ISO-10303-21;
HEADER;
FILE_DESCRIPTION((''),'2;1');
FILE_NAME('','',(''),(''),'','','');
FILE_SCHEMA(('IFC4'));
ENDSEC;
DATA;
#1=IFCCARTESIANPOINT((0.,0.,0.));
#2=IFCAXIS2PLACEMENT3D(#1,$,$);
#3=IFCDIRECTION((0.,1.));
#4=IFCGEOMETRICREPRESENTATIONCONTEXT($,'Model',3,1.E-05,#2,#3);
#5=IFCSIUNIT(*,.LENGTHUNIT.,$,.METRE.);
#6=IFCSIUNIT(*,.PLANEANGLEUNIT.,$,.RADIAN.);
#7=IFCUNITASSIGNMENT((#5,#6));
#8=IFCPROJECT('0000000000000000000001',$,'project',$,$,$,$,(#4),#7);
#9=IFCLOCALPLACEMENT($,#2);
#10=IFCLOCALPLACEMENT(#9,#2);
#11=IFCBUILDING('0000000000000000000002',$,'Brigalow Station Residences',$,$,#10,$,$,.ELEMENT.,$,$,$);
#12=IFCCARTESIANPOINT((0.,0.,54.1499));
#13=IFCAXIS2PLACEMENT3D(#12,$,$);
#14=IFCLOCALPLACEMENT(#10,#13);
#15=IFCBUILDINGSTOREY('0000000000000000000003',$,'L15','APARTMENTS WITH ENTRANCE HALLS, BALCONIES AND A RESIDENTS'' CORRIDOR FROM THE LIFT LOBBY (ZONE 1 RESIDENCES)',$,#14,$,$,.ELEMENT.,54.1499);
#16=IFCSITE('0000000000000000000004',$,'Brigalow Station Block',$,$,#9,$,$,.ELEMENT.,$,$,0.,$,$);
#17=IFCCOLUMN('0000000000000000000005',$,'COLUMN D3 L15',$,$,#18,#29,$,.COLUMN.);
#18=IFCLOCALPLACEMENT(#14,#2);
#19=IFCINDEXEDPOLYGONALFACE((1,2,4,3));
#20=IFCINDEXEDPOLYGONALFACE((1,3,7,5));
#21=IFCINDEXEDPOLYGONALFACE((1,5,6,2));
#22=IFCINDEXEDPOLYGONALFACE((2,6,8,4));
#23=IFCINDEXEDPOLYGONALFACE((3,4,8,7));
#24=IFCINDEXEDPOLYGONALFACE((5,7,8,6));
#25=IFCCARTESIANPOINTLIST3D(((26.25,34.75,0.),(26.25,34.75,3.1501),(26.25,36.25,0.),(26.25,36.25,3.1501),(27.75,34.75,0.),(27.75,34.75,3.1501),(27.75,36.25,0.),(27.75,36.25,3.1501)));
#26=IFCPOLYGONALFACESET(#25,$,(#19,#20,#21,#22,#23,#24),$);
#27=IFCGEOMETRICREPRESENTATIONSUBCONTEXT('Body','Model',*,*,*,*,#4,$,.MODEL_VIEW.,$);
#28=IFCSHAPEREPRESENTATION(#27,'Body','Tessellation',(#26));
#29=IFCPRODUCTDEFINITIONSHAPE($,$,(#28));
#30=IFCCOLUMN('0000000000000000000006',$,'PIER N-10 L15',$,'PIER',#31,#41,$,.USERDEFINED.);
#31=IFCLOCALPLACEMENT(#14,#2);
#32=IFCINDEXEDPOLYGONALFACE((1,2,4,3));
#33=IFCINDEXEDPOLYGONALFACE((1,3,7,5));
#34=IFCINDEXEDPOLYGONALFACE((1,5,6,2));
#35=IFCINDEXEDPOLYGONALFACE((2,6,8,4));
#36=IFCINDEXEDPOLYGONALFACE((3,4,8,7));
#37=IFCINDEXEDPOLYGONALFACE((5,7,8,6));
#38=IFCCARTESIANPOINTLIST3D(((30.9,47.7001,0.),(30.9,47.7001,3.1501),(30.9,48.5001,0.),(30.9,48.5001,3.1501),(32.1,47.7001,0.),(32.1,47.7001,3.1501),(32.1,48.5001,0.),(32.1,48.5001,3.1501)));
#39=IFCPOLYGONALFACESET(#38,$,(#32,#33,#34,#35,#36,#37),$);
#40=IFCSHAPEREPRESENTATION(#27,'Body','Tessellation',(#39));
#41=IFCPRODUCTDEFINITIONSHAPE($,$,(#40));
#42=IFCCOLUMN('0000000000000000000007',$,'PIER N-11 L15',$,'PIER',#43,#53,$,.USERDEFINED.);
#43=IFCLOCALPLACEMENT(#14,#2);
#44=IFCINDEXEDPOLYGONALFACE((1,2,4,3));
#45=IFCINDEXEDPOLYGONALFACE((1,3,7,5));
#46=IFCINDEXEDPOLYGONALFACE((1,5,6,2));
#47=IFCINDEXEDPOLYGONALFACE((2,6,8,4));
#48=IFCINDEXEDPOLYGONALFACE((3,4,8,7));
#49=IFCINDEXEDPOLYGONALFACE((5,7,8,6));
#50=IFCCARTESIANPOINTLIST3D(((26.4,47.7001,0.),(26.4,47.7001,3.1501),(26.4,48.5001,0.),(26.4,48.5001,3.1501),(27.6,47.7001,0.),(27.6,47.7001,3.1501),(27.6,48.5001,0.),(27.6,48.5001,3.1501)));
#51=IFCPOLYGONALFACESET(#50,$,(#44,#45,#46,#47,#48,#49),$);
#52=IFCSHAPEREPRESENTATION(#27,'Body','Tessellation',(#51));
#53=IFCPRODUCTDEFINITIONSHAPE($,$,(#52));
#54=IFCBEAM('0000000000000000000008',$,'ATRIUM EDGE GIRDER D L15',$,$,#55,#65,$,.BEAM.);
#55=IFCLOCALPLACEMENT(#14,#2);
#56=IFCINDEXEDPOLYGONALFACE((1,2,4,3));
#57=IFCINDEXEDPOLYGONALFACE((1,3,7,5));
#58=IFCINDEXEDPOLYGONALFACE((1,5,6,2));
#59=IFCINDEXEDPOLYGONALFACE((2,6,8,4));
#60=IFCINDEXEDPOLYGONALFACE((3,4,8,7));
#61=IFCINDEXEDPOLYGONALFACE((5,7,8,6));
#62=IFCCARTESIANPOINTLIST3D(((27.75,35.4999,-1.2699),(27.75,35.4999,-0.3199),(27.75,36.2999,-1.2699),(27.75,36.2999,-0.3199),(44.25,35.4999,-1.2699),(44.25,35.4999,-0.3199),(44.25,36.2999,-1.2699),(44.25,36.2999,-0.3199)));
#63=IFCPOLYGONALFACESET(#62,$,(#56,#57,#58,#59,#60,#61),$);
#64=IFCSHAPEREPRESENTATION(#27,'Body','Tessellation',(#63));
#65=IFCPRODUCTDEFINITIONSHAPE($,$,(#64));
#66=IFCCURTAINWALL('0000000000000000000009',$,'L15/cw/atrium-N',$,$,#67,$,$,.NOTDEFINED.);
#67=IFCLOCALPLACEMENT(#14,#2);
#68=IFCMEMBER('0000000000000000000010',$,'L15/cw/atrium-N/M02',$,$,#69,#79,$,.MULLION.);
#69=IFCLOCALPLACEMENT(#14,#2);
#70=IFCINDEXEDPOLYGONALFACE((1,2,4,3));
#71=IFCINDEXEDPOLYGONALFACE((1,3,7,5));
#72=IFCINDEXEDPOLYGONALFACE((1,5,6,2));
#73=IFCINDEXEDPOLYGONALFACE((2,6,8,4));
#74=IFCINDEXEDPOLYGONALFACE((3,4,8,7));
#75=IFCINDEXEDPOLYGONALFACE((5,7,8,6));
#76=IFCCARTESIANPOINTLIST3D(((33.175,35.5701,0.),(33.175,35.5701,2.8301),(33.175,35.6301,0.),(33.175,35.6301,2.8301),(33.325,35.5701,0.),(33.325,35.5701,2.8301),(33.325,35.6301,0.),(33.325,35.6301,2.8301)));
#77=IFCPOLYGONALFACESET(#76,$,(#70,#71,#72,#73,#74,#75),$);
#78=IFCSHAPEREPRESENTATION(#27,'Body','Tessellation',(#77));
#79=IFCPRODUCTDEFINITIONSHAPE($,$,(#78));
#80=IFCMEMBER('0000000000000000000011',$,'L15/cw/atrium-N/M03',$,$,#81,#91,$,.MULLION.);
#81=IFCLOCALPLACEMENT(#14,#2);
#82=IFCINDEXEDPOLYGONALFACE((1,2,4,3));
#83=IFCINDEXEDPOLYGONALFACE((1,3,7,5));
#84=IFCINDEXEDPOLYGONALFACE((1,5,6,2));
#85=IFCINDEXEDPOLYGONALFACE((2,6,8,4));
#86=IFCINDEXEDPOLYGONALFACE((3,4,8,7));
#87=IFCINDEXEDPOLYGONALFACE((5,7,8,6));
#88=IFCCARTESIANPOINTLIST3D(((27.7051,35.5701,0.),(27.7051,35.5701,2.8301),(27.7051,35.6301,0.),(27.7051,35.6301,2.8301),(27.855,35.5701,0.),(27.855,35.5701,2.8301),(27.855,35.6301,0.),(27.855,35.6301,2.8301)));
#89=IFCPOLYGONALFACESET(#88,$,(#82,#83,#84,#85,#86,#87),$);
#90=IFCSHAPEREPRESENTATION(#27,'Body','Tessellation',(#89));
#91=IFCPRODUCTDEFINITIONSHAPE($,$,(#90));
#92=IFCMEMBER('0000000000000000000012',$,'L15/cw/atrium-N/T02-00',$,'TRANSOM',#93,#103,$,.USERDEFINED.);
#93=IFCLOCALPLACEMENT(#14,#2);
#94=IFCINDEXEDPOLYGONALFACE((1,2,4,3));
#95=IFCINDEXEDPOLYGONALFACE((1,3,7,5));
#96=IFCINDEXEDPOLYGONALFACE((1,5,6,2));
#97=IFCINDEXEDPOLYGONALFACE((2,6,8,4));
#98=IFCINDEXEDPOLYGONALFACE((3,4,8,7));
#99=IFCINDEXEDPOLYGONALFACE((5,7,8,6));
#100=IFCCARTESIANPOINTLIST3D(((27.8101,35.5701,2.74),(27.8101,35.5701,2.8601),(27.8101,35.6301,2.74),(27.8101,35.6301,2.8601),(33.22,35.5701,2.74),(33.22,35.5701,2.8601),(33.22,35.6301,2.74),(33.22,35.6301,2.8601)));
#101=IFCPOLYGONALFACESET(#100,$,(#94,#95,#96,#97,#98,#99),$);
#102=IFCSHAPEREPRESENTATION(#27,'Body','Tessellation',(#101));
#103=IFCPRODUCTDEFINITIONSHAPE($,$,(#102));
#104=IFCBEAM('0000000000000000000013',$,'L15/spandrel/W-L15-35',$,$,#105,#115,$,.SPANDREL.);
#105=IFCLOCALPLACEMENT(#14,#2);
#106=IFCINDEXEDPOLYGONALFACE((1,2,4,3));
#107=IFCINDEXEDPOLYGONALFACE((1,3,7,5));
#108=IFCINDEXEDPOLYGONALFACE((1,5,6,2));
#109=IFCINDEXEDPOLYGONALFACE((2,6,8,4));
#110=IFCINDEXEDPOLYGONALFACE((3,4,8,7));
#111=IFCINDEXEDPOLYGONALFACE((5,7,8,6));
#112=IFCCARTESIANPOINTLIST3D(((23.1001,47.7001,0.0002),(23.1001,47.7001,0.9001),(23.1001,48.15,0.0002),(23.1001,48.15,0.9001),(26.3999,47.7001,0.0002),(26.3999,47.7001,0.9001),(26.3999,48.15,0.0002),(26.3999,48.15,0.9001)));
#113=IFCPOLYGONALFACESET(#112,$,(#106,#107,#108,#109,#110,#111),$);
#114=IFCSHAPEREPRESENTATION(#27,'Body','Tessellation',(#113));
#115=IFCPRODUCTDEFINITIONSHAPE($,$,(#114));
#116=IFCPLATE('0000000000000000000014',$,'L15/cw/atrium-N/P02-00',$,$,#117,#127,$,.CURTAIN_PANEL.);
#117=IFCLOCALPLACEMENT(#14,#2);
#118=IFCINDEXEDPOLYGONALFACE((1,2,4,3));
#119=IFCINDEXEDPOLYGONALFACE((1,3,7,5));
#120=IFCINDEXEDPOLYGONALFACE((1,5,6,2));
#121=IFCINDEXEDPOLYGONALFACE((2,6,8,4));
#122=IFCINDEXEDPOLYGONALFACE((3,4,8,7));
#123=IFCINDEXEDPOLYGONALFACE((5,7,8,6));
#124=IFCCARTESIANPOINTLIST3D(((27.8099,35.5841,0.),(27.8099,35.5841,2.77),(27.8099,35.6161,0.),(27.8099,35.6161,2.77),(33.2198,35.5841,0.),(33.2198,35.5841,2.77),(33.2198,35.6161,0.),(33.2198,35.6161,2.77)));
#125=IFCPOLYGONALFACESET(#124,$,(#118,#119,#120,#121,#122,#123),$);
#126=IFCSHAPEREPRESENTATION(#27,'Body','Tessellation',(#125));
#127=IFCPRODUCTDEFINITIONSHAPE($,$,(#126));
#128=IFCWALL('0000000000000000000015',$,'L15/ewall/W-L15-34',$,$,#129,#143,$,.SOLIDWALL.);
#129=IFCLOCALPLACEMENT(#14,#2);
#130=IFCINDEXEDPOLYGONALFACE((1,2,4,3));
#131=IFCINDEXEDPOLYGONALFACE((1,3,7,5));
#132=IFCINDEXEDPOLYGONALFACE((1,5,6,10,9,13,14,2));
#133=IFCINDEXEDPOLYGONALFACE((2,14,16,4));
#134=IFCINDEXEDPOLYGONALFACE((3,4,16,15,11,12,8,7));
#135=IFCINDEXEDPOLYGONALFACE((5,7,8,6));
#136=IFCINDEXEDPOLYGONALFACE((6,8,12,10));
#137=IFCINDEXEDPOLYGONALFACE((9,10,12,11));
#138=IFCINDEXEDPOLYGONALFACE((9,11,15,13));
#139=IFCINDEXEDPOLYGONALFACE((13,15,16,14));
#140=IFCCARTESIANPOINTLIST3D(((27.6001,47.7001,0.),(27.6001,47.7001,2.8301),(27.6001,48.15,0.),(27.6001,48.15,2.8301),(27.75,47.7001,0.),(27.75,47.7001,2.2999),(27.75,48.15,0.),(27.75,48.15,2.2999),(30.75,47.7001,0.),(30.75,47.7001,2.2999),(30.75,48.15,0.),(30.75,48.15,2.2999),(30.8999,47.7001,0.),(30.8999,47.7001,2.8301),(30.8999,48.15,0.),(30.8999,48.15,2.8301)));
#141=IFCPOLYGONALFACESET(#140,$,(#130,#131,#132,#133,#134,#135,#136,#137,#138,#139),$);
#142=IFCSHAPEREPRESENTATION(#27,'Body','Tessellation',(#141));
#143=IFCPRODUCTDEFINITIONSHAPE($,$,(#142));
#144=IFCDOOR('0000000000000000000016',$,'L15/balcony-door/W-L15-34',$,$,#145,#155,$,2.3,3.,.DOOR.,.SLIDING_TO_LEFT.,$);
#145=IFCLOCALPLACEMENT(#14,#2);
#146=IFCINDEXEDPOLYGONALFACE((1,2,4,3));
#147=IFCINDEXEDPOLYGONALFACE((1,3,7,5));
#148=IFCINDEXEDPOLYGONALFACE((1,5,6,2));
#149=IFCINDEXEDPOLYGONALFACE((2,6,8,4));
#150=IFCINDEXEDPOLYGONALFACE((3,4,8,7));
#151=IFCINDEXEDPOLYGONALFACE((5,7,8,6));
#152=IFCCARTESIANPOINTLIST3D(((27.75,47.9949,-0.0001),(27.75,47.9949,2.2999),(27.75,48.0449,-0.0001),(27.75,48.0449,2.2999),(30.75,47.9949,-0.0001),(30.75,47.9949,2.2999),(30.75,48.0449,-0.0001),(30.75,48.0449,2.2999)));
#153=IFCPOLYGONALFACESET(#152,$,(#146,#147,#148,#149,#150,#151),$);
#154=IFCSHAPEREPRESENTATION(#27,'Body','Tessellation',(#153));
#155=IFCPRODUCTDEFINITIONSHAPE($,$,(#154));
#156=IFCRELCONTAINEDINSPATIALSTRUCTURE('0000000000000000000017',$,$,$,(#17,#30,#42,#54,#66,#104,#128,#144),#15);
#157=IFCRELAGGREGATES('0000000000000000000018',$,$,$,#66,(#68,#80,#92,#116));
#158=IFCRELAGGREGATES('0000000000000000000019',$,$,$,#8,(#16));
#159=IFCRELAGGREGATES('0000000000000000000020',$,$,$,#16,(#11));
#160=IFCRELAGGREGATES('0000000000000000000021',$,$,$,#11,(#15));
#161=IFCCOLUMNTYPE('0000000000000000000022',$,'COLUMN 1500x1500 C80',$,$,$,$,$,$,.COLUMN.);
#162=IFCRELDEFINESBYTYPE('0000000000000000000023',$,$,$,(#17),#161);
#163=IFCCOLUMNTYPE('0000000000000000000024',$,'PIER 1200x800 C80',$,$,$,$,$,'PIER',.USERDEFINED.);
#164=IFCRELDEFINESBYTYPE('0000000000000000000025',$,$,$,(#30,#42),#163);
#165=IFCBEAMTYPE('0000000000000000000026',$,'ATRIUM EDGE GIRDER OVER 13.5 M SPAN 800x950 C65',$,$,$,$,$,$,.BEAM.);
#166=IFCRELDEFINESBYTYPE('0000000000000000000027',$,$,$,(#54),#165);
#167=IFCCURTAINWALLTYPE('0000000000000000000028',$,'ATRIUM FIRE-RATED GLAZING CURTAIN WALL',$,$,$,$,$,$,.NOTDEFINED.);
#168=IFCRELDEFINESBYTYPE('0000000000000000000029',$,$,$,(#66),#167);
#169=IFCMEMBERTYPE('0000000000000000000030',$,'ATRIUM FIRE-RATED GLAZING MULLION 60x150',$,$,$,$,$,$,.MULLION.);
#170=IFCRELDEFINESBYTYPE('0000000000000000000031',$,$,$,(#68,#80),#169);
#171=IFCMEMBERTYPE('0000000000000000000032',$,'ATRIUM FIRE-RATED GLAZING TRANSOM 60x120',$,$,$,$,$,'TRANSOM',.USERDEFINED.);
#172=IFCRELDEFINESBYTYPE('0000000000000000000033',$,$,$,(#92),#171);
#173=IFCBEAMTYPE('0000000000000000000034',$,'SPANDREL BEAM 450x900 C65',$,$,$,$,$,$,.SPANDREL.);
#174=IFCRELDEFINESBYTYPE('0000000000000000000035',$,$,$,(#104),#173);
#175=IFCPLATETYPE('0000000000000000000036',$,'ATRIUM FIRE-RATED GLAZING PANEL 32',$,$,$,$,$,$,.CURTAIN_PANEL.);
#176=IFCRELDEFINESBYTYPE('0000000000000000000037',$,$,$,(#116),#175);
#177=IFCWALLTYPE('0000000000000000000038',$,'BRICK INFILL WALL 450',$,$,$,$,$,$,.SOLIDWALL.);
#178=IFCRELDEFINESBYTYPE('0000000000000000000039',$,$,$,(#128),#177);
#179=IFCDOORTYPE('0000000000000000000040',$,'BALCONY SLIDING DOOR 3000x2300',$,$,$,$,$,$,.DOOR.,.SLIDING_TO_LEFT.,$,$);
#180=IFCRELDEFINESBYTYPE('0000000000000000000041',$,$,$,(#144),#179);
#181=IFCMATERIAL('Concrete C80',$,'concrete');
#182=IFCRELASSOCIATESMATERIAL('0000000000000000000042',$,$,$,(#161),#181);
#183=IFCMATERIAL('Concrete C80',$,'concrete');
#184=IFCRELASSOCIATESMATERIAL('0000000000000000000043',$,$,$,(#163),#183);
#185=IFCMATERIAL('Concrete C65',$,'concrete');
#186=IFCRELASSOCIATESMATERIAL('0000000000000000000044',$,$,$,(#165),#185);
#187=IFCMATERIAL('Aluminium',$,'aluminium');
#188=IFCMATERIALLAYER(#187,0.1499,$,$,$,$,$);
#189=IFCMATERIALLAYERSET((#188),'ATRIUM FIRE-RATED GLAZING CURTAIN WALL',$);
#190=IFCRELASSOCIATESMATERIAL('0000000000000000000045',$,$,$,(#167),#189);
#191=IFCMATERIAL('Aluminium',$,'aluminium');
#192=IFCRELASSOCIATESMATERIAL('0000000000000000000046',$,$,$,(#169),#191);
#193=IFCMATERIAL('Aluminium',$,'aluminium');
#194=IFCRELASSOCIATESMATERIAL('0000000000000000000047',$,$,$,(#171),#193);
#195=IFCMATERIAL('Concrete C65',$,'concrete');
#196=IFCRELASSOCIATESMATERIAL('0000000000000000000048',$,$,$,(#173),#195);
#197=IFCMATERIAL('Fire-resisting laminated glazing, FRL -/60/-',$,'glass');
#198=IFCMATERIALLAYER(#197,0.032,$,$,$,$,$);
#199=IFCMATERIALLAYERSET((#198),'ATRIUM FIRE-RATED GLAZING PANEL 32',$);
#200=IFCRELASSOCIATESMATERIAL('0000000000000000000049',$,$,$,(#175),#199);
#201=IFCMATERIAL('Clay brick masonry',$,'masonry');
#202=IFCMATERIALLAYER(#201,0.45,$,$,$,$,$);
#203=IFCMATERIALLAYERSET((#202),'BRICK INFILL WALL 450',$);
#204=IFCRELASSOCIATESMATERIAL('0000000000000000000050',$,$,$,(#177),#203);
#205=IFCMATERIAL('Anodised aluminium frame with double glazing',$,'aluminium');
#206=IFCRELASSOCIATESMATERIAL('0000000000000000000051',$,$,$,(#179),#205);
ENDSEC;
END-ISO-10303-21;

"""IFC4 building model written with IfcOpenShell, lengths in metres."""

from ifc_helpers import new_model, si_unit, direction, frame, frame_2d, origin, origin_2d, place, context, subcontext, project, spatial, rectangle, extrude, material, layer, layer_set, material_profile, profile_set, type_object, element, fill, aggregate, save


model = new_model("IFC4")

# Units and contexts
model_context = context("Model", 3, precision=1e-05, world=origin(), true_north=direction((0.0, 1.0)))
body_context = subcontext(model_context, "Body", "Model", "MODEL_VIEW")
ifc_project = project(units=[si_unit("LENGTHUNIT", "METRE"), si_unit("PLANEANGLEUNIT", "RADIAN")], contexts=[model_context])

# Site, building, storey
site_placement = place(None, origin())
site = spatial("IfcSite", under=ifc_project, at=site_placement, Name="Brigalow Station Block", CompositionType="ELEMENT", RefElevation=0.0)
building_placement = place(site_placement, origin())
building = spatial("IfcBuilding", under=site, at=building_placement, Name="Brigalow Station Residences", CompositionType="ELEMENT")
storey_placement = place(building_placement, frame((0.0, 0.0, 54.1499)))
storey = spatial("IfcBuildingStorey", under=building, at=storey_placement, Name="L15", Description="APARTMENTS WITH ENTRANCE HALLS, BALCONIES AND A RESIDENTS' CORRIDOR FROM THE LIFT LOBBY (ZONE 1 RESIDENCES)", CompositionType="ELEMENT", Elevation=54.1499)

# Columns
ifc_material_1 = material(Name="Concrete C80", Category="concrete")
ifc_material_profile_1 = material_profile(ifc_material_1, rectangle(XDim=1.5, YDim=1.5, at=origin_2d()), Name="RC1500x1500")
ifc_profile_set_1 = profile_set([ifc_material_profile_1], Name="Concrete C80")
column_type_1 = type_object("IfcColumnType", Name="COLUMN 1500x1500 C80", PredefinedType="COLUMN", material=ifc_profile_set_1)
column_placement = place(storey_placement, frame((27.0, 35.5, 0.0), z_axis=(0.0, 0.0, 1.0), x_axis=(1.0, 0.0, 0.0)))
element("IfcColumn", 1, at=column_placement, inside=storey, type_object=column_type_1, Name="COLUMN D3 L15", PredefinedType="COLUMN", context=body_context, shape_type="SweptSolid", body=[
    extrude(rectangle(XDim=1.5, YDim=1.5, at=origin_2d()), origin(), (0.0, 0.0, 1.0), 3.1501),
])
ifc_material_2 = material(Name="Concrete C80", Category="concrete")
ifc_material_profile_2 = material_profile(ifc_material_2, rectangle(XDim=1.2, YDim=0.8, at=origin_2d()), Name="RC1200x800")
ifc_profile_set_2 = profile_set([ifc_material_profile_2], Name="Concrete C80")
column_type_2 = type_object("IfcColumnType", Name="PIER 1200x800 C80", ElementType="PIER", PredefinedType="USERDEFINED", material=ifc_profile_set_2)
for number, where, z_axis, x_axis, name in (
    (2, (31.5, 48.1001, 0.0), (0.0, 0.0, 1.0), (-1.0, 0.0, 0.0), "PIER N-10 L15"),
    (3, (27.0, 48.1001, 0.0), (0.0, 0.0, 1.0), (-1.0, 0.0, 0.0), "PIER N-11 L15"),
):
    element("IfcColumn", number, at=place(storey_placement, frame(where, z_axis=z_axis, x_axis=x_axis)), inside=storey, type_object=column_type_2, Name=name, ObjectType="PIER", PredefinedType="USERDEFINED", context=body_context, shape_type="SweptSolid", body=[
        extrude(rectangle(XDim=1.2, YDim=0.8, at=origin_2d()), origin(), (0.0, 0.0, 1.0), 3.1501),
    ])

# Beam
ifc_material_3 = material(Name="Concrete C65", Category="concrete")
ifc_material_profile_3 = material_profile(ifc_material_3, rectangle(XDim=0.8, YDim=0.95, at=origin_2d()), Name="RC800x950")
ifc_profile_set_3 = profile_set([ifc_material_profile_3], Name="Concrete C65")
beam_type_1 = type_object("IfcBeamType", Name="ATRIUM EDGE GIRDER OVER 13.5 M SPAN 800x950 C65", PredefinedType="BEAM", material=ifc_profile_set_3)
beam_1_placement = place(storey_placement, frame((27.75, 35.8999, -0.7949), z_axis=(1.0, 0.0, 0.0), x_axis=(0.0, 1.0, 0.0)))
element("IfcBeam", 4, at=beam_1_placement, inside=storey, type_object=beam_type_1, Name="ATRIUM EDGE GIRDER D L15", PredefinedType="BEAM", context=body_context, shape_type="SweptSolid", body=[
    extrude(rectangle(XDim=0.8, YDim=0.95, at=origin_2d()), origin(), (0.0, 0.0, 1.0), 16.5),
])

# Curtain wall, members
ifc_material_4 = material(Name="Aluminium", Category="aluminium")
ifc_layer_1 = layer(ifc_material_4, 0.1499)
ifc_layer_set_1 = layer_set([ifc_layer_1], Name="ATRIUM FIRE-RATED GLAZING CURTAIN WALL")
curtain_wall_type = type_object("IfcCurtainWallType", Name="ATRIUM FIRE-RATED GLAZING CURTAIN WALL", PredefinedType="NOTDEFINED", material=ifc_layer_set_1)
curtain_wall_placement = place(storey_placement, origin())
curtain_wall = element("IfcCurtainWall", 5, at=curtain_wall_placement, inside=storey, type_object=curtain_wall_type, Name="L15/cw/atrium-N", PredefinedType="NOTDEFINED")
ifc_material_5 = material(Name="Aluminium", Category="aluminium")
ifc_material_profile_4 = material_profile(ifc_material_5, rectangle(XDim=0.0601, YDim=0.1499, at=origin_2d()), Name="ATRIUM FIRE-RATED GLAZING MULLION 60x150")
ifc_profile_set_4 = profile_set([ifc_material_profile_4], Name="Aluminium")
member_type_1 = type_object("IfcMemberType", Name="ATRIUM FIRE-RATED GLAZING MULLION 60x150", PredefinedType="MULLION", material=ifc_profile_set_4)
member_1_placement = place(storey_placement, frame((33.25, 35.6001, 0.0), z_axis=(0.0, 0.0, 1.0), x_axis=(0.0, -1.0, 0.0)))
member_1 = element("IfcMember", 6, at=member_1_placement, type_object=member_type_1, Name="L15/cw/atrium-N/M02", PredefinedType="MULLION", context=body_context, shape_type="SweptSolid", body=[
    extrude(rectangle(XDim=0.0601, YDim=0.1499, at=origin_2d()), origin(), (0.0, 0.0, 1.0), 2.8301),
])
member_2_placement = place(storey_placement, frame((27.78, 35.6001, 0.0), z_axis=(0.0, 0.0, 1.0), x_axis=(0.0, -1.0, 0.0)))
member_2 = element("IfcMember", 7, at=member_2_placement, type_object=member_type_1, Name="L15/cw/atrium-N/M03", PredefinedType="MULLION", context=body_context, shape_type="SweptSolid", body=[
    extrude(rectangle(XDim=0.0601, YDim=0.1499, at=origin_2d()), origin(), (0.0, 0.0, 1.0), 2.8301),
])
ifc_material_6 = material(Name="Aluminium", Category="aluminium")
ifc_material_profile_5 = material_profile(ifc_material_6, rectangle(XDim=0.0601, YDim=0.1201, at=origin_2d()), Name="ATRIUM FIRE-RATED GLAZING TRANSOM 60x120")
ifc_profile_set_5 = profile_set([ifc_material_profile_5], Name="Aluminium")
member_type_2 = type_object("IfcMemberType", Name="ATRIUM FIRE-RATED GLAZING TRANSOM 60x120", ElementType="TRANSOM", PredefinedType="USERDEFINED", material=ifc_profile_set_5)
member_3_placement = place(storey_placement, frame((33.22, 35.6001, 2.8), z_axis=(-1.0, 0.0, 0.0), x_axis=(0.0, -1.0, 0.0)))
member_3 = element("IfcMember", 8, at=member_3_placement, type_object=member_type_2, Name="L15/cw/atrium-N/T02-00", ObjectType="TRANSOM", PredefinedType="USERDEFINED", context=body_context, shape_type="SweptSolid", body=[
    extrude(rectangle(XDim=0.0601, YDim=0.1201, at=origin_2d()), origin(), (0.0, 0.0, 1.0), 5.4099),
])

# Beam
ifc_material_7 = material(Name="Concrete C65", Category="concrete")
ifc_material_profile_6 = material_profile(ifc_material_7, rectangle(XDim=0.45, YDim=0.8999, at=origin_2d()), Name="RC450x900")
ifc_profile_set_6 = profile_set([ifc_material_profile_6], Name="Concrete C65")
beam_type_2 = type_object("IfcBeamType", Name="SPANDREL BEAM 450x900 C65", PredefinedType="SPANDREL", material=ifc_profile_set_6)
beam_2_placement = place(storey_placement, frame((26.3999, 47.925, 0.4502), z_axis=(-1.0, 0.0, 0.0), x_axis=(0.0, -1.0, 0.0)))
element("IfcBeam", 9, at=beam_2_placement, inside=storey, type_object=beam_type_2, Name="L15/spandrel/W-L15-35", PredefinedType="SPANDREL", context=body_context, shape_type="SweptSolid", body=[
    extrude(rectangle(XDim=0.45, YDim=0.8999, at=origin_2d()), origin(), (0.0, 0.0, 1.0), 3.2998),
])

# Plate
ifc_material_8 = material(Name="Fire-resisting laminated glazing, FRL -/60/-", Category="glass")
ifc_layer_2 = layer(ifc_material_8, 0.032)
ifc_layer_set_2 = layer_set([ifc_layer_2], Name="ATRIUM FIRE-RATED GLAZING PANEL 32")
plate_type = type_object("IfcPlateType", Name="ATRIUM FIRE-RATED GLAZING PANEL 32", PredefinedType="CURTAIN_PANEL", material=ifc_layer_set_2)
plate_placement = place(storey_placement, frame((30.5149, 35.6001, 0.0), z_axis=(0.0, 0.0, 1.0), x_axis=(-1.0, 0.0, 0.0)))
plate = element("IfcPlate", 10, at=plate_placement, type_object=plate_type, Name="L15/cw/atrium-N/P02-00", PredefinedType="CURTAIN_PANEL", context=body_context, shape_type="SweptSolid", body=[
    extrude(rectangle(XDim=5.4099, YDim=0.032, at=origin_2d()), origin(), (0.0, 0.0, 1.0), 2.77),
])
aggregate(curtain_wall, [member_1, member_2, member_3, plate])

# Wall, opening, door
ifc_material_9 = material(Name="Clay brick masonry", Category="masonry")
ifc_layer_3 = layer(ifc_material_9, 0.45)
ifc_layer_set_3 = layer_set([ifc_layer_3], Name="BRICK INFILL WALL 450")
wall_type_1 = type_object("IfcWallType", Name="BRICK INFILL WALL 450", PredefinedType="SOLIDWALL", material=ifc_layer_set_3)
wall_1_placement = place(storey_placement, frame((30.8999, 47.925, 0.0), z_axis=(0.0, 0.0, 1.0), x_axis=(-1.0, 0.0, 0.0)))
wall_1 = element("IfcWall", 11, at=wall_1_placement, inside=storey, type_object=wall_type_1, Name="L15/ewall/W-L15-34", PredefinedType="SOLIDWALL", context=body_context, shape_type="SweptSolid", body=[
    extrude(rectangle(XDim=3.2998, YDim=0.45, at=frame_2d((1.6499, 0.0))), origin(), (0.0, 0.0, 1.0), 2.8301),
])
opening_1_placement = place(wall_1_placement, frame((0.1499, 0.0, 0.0)))
opening_1 = element("IfcOpeningElement", 12, at=opening_1_placement, cuts=wall_1, PredefinedType="OPENING", context=body_context, shape_type="SweptSolid", body=[
    extrude(rectangle(XDim=3.0, YDim=2.3, at=frame_2d((1.5, 1.1499))), frame((0.0, 0.2349, 0.0), z_axis=(0.0, -1.0, 0.0), x_axis=(1.0, 0.0, 0.0)), (0.0, 0.0, 1.0), 0.47),
])
ifc_material_10 = material(Name="Anodised aluminium frame with double glazing", Category="aluminium")
door_type_1 = type_object("IfcDoorType", Name="BALCONY SLIDING DOOR 3000x2300", OperationType="SLIDING_TO_LEFT", PredefinedType="DOOR", material=ifc_material_10)
door_1_placement = place(opening_1_placement, origin())
door_1 = element("IfcDoor", 13, at=door_1_placement, inside=storey, type_object=door_type_1, Name="L15/balcony-door/W-L15-34", OperationType="SLIDING_TO_LEFT", OverallHeight=2.3, OverallWidth=3.0, PredefinedType="DOOR", context=body_context, shape_type="SweptSolid", body=[
    extrude(rectangle(XDim=3.0, YDim=2.3, at=frame_2d((1.5, 1.1499))), frame((0.0, -0.0698, 0.0), z_axis=(0.0, -1.0, 0.0), x_axis=(1.0, 0.0, 0.0)), (0.0, 0.0, 1.0), 0.05),
])
fill(opening_1, door_1)

save(model, "model.ifc")
